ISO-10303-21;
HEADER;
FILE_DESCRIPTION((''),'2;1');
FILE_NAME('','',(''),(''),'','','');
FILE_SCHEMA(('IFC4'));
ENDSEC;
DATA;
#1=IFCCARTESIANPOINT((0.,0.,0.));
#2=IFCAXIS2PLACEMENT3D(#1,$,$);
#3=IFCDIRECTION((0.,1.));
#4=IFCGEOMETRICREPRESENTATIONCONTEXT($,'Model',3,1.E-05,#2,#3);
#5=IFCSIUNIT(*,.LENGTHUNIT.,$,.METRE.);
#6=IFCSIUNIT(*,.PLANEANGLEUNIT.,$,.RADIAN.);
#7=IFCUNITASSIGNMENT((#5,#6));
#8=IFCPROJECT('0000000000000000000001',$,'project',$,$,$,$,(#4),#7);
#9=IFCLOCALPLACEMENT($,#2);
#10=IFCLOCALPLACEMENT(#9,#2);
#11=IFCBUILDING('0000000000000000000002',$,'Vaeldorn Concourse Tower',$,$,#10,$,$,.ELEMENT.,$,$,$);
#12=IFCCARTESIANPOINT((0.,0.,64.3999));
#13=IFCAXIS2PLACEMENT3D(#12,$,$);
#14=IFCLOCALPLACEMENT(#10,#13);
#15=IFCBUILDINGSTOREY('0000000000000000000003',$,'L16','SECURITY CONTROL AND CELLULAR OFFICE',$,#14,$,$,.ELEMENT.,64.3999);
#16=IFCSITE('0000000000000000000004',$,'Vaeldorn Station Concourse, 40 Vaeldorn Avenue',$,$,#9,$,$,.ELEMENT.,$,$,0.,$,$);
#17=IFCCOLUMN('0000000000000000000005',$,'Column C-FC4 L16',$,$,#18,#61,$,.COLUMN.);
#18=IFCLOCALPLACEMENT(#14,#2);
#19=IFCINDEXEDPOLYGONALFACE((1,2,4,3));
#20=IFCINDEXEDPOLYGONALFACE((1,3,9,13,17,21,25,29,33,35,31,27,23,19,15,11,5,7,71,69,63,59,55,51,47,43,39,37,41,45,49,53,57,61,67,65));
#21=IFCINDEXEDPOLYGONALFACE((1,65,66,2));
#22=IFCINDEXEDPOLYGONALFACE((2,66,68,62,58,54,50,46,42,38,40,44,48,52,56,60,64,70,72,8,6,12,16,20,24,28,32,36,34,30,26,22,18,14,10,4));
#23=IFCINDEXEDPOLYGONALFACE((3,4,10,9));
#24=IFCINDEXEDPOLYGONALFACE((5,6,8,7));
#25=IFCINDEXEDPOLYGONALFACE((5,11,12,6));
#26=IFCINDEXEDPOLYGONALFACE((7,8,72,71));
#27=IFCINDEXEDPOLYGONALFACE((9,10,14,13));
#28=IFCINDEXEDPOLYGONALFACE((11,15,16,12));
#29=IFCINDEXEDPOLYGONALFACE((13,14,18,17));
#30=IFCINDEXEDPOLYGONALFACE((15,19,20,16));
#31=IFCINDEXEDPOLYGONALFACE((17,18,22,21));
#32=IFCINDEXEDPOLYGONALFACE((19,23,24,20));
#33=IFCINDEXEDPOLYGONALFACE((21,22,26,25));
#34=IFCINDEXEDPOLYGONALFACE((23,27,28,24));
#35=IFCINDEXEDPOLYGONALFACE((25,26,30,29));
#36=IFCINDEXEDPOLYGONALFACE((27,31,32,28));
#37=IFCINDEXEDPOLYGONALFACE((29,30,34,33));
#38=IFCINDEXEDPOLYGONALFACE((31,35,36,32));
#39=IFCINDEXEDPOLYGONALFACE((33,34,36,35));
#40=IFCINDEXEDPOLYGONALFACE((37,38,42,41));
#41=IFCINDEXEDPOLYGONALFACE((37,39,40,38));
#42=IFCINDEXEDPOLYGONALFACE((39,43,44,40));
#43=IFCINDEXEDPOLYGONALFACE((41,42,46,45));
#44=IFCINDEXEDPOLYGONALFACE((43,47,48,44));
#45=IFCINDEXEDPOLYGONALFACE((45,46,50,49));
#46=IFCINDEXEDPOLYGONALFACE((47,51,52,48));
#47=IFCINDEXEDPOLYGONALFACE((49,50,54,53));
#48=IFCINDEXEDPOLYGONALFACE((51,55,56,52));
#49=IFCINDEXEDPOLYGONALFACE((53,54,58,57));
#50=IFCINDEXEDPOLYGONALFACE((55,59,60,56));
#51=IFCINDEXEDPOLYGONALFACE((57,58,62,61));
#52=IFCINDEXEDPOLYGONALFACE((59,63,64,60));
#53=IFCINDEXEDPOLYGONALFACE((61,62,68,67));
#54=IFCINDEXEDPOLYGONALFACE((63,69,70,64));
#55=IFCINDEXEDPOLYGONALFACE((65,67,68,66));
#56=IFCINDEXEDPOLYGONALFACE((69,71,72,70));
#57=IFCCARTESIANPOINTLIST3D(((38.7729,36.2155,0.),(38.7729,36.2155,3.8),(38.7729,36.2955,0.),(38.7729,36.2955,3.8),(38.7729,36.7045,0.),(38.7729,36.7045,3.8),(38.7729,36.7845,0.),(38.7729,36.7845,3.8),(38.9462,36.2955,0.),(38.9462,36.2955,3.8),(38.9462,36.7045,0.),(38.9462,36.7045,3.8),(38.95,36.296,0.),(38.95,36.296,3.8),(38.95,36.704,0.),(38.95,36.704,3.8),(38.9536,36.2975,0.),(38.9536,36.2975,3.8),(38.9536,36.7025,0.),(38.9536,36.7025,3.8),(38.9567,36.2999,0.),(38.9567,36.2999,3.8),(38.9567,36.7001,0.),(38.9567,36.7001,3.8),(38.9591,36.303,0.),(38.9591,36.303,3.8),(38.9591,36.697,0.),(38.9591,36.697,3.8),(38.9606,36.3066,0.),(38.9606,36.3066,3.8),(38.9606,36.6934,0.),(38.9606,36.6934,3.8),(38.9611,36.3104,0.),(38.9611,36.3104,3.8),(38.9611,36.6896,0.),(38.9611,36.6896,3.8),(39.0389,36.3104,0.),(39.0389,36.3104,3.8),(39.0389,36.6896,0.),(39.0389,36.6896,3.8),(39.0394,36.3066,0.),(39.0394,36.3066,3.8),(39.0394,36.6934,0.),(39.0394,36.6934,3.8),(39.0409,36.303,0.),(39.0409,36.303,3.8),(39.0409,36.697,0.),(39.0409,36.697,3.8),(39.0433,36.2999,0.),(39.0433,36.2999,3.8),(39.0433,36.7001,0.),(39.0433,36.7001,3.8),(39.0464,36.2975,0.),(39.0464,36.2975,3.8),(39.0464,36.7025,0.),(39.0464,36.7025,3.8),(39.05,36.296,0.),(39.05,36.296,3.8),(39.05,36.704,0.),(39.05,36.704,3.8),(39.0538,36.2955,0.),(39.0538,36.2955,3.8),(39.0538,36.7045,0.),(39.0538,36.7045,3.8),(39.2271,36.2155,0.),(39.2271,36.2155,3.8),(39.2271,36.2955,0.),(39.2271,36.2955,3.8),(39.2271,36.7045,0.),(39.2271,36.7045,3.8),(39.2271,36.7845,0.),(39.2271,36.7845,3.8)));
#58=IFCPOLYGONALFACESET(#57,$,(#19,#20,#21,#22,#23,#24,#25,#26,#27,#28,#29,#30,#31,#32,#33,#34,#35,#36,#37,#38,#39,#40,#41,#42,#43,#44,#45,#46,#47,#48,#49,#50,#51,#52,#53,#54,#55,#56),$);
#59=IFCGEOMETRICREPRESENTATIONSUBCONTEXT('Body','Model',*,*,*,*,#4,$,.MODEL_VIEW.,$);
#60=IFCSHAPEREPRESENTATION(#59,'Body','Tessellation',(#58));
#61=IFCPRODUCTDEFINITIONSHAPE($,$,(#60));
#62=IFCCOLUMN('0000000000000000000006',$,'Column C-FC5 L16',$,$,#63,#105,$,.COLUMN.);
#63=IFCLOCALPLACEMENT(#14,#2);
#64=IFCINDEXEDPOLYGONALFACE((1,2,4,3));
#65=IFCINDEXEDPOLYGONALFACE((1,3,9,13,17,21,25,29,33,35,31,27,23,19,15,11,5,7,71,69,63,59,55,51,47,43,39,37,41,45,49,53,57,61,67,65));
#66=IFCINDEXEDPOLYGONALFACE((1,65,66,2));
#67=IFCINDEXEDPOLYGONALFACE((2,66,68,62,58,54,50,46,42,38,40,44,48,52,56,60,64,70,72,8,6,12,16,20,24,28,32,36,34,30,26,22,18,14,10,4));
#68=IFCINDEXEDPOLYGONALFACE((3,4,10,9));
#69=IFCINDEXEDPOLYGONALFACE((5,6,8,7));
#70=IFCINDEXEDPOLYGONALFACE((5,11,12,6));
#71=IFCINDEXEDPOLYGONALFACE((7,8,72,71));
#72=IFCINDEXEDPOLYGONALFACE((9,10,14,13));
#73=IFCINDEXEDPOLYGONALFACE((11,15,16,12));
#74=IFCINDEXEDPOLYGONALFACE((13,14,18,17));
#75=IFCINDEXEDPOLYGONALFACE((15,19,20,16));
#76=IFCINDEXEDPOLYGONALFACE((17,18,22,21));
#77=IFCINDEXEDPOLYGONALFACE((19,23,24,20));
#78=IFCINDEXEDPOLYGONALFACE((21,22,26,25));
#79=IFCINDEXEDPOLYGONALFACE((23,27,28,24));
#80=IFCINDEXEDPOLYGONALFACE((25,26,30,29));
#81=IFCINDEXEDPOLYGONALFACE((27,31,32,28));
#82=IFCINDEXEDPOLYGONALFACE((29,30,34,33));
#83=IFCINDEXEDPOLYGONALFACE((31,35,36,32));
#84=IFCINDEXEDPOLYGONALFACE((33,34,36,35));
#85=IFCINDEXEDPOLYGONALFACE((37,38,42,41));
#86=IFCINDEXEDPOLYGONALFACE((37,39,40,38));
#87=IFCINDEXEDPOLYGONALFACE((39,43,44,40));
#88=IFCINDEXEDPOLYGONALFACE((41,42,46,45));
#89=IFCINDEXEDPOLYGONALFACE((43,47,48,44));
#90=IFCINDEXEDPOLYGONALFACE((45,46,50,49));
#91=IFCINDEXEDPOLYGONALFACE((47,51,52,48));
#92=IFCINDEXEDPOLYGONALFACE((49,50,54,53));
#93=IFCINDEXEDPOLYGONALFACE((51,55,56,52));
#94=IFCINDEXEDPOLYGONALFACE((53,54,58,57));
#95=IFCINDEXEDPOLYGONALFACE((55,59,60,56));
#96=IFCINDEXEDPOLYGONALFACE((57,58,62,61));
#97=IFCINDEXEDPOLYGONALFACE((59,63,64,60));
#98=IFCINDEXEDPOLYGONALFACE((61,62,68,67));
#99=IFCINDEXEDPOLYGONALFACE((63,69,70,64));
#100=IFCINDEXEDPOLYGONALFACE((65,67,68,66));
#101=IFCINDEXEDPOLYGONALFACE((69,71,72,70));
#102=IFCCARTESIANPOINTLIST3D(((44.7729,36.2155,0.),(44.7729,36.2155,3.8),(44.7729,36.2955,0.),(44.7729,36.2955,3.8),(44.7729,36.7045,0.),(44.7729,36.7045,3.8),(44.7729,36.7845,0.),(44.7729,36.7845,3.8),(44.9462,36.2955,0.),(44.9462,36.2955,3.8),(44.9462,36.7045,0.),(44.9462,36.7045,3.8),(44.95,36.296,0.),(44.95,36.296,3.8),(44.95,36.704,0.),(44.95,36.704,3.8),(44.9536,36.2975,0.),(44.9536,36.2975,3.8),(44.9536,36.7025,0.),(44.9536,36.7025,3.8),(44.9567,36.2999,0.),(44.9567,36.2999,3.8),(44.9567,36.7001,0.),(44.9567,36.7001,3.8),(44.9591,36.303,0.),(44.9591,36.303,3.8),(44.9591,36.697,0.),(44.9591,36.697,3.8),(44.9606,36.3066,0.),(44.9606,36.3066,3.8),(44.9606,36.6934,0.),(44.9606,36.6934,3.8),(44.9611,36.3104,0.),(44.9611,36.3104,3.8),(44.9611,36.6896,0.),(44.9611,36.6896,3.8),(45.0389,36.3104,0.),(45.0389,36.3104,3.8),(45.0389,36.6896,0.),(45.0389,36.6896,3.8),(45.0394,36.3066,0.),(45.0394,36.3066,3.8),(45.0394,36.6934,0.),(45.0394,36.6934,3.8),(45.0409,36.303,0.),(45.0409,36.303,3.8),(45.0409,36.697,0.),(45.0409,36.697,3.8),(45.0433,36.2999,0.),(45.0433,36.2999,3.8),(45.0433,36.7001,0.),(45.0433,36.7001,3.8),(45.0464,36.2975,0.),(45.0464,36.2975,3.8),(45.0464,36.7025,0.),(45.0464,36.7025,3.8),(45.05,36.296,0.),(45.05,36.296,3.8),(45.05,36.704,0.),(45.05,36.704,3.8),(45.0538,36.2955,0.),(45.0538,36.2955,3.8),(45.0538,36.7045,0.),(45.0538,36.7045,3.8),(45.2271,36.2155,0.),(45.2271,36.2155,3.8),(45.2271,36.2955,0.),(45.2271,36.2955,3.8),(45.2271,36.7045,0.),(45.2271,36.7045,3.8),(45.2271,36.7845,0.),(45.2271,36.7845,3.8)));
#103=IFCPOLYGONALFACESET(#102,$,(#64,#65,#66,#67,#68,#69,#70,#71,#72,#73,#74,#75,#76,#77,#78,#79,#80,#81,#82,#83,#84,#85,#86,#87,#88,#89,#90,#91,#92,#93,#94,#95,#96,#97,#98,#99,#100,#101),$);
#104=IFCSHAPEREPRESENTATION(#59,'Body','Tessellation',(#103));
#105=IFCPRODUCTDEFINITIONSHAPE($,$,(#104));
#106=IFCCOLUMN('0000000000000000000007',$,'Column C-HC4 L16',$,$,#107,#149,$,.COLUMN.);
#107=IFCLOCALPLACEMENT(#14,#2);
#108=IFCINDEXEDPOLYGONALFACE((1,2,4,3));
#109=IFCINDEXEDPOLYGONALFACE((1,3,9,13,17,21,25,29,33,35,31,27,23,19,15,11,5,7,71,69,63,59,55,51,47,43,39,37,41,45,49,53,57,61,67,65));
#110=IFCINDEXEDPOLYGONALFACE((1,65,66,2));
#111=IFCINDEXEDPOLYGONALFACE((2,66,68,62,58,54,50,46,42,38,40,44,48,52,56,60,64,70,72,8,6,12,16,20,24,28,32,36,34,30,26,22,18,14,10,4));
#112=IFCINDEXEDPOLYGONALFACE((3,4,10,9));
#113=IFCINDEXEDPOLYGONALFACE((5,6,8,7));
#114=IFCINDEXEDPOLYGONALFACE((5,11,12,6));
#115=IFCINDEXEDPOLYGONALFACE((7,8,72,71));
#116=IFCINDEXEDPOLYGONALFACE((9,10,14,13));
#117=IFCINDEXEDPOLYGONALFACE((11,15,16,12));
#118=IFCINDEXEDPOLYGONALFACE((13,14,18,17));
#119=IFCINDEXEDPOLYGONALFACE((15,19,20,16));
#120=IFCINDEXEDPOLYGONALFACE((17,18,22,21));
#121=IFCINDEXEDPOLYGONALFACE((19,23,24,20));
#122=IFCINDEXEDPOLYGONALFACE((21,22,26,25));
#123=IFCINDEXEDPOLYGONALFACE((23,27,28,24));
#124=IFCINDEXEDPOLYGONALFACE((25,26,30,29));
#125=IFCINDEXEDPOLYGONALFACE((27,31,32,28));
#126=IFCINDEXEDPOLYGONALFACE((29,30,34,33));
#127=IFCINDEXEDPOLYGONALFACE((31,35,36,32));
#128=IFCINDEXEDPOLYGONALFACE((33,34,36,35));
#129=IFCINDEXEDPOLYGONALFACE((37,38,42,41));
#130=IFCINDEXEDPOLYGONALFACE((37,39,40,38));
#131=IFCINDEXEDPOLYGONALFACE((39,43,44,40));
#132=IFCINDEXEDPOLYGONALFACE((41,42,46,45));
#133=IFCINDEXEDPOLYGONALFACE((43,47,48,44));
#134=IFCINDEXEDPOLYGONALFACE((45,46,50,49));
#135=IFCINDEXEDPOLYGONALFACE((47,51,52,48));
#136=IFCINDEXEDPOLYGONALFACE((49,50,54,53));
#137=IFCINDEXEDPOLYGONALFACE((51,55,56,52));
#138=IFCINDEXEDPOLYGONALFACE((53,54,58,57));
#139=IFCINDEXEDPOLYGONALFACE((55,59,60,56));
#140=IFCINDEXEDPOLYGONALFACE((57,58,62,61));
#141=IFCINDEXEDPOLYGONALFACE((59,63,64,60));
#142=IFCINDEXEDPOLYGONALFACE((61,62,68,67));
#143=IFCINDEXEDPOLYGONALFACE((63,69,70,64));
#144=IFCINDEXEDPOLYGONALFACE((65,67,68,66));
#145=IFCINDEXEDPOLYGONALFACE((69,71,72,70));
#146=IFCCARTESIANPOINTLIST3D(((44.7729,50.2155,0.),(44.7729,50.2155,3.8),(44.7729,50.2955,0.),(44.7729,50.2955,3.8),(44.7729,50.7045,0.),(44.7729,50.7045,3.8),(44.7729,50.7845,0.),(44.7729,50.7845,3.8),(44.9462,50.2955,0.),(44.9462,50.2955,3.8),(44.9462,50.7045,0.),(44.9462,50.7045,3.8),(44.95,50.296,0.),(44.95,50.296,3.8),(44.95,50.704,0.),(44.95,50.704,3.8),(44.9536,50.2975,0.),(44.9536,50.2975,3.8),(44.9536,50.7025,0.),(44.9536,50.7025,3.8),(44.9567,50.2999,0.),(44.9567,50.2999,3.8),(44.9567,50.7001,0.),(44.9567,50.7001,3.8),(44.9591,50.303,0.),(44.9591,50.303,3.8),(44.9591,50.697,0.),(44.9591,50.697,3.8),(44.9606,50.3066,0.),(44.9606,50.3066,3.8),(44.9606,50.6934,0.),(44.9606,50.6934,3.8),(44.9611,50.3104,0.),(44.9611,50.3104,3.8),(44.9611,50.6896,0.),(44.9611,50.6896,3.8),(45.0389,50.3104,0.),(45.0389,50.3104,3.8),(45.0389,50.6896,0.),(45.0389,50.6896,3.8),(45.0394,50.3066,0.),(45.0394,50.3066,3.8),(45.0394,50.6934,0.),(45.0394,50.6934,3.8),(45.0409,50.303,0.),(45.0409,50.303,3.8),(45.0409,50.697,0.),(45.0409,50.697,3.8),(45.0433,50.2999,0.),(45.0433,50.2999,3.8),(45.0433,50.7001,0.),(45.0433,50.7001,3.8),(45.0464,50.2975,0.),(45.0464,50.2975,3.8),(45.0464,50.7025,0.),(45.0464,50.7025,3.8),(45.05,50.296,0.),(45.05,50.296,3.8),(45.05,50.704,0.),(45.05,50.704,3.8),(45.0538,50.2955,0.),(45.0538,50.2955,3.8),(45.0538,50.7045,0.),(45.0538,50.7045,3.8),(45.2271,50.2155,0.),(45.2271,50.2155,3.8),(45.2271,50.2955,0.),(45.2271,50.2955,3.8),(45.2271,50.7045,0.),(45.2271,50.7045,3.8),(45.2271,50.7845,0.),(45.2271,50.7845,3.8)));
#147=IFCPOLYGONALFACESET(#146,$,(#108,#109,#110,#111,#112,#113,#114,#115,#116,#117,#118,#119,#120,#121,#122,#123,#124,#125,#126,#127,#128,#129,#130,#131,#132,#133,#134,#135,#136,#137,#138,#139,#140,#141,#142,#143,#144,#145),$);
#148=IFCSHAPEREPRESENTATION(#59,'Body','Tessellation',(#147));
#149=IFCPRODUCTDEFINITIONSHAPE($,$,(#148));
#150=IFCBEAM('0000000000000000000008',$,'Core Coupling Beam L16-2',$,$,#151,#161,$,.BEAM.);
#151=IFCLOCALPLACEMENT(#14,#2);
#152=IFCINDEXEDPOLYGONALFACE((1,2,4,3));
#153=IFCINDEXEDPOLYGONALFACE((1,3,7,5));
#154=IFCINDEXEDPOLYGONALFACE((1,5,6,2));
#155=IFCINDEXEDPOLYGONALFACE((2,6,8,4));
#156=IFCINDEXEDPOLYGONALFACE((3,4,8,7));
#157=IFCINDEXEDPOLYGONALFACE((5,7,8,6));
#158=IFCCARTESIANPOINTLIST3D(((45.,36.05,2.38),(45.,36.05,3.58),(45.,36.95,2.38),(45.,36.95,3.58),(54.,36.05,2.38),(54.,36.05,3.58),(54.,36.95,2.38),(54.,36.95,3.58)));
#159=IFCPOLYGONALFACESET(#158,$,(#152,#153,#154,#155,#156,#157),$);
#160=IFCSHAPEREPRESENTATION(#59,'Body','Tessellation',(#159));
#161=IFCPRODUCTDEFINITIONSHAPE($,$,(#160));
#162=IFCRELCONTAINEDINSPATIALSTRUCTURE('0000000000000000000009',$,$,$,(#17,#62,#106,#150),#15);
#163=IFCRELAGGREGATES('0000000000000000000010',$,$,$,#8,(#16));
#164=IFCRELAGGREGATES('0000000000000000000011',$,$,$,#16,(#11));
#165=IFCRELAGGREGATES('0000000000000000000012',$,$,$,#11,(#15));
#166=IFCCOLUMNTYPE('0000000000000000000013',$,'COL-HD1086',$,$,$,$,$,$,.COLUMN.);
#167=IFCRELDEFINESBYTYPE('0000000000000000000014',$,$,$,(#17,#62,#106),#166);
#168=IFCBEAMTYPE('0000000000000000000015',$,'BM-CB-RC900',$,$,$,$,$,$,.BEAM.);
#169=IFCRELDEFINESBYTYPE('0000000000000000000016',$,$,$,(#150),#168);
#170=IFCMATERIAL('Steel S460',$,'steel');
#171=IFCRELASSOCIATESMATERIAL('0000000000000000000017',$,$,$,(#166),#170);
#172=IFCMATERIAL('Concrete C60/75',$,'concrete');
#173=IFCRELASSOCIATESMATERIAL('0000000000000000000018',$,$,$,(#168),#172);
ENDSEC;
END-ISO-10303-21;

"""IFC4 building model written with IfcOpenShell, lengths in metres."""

from ifc_helpers import new_model, si_unit, direction, frame, origin, origin_2d, place, context, subcontext, project, spatial, rectangle, i_section, extrude, source, transform, mapped, material, material_profile, profile_set, type_object, element, save


model = new_model("IFC4")

# Units and contexts
model_context = context("Model", 3, precision=1e-05, world=origin(), true_north=direction((0.0, 1.0)))
body_context = subcontext(model_context, "Body", "Model", "MODEL_VIEW")
ifc_project = project(units=[si_unit("LENGTHUNIT", "METRE"), si_unit("PLANEANGLEUNIT", "RADIAN")], contexts=[model_context])

# Site, building, storey
site_placement = place(None, origin())
site = spatial("IfcSite", under=ifc_project, at=site_placement, Name="Vaeldorn Station Concourse, 40 Vaeldorn Avenue", CompositionType="ELEMENT", RefElevation=0.0)
building_placement = place(site_placement, origin())
building = spatial("IfcBuilding", under=site, at=building_placement, Name="Vaeldorn Concourse Tower", CompositionType="ELEMENT")
storey_placement = place(building_placement, frame((0.0, 0.0, 64.3999)))
storey = spatial("IfcBuildingStorey", under=building, at=storey_placement, Name="L16", Description="SECURITY CONTROL AND CELLULAR OFFICE", CompositionType="ELEMENT", Elevation=64.3999)

# Columns
ifc_material_1 = material(Name="Steel S460", Category="steel")
ifc_material_profile_1 = material_profile(ifc_material_1, i_section(OverallWidth=0.4541, OverallDepth=0.5691, WebThickness=0.0779, FlangeThickness=0.0801, FilletRadius=0.0149, at=origin_2d()), Name="HD 400x1086")
ifc_profile_set_1 = profile_set([ifc_material_profile_1], Name="Steel S460")
column_type = type_object("IfcColumnType", Name="COL-HD1086", PredefinedType="COLUMN", material=ifc_profile_set_1)
shared_shape_1 = source(origin(), body_context, "Body", "SweptSolid", [
    extrude(i_section(OverallWidth=0.4541, OverallDepth=0.5691, WebThickness=0.0779, FlangeThickness=0.0801, FilletRadius=0.0149, at=origin_2d()), origin(), (0.0, 0.0, 1.0), 3.8),
])
for number, where, z_axis, x_axis, name in (
    (1, (39.0, 36.5, 0.0), (0.0, 0.0, 1.0), (1.0, 0.0, 0.0), "Column C-FC4 L16"),
    (2, (45.0, 36.5, 0.0), (0.0, 0.0, 1.0), (1.0, 0.0, 0.0), "Column C-FC5 L16"),
    (3, (45.0, 50.5, 0.0), (0.0, 0.0, 1.0), (1.0, 0.0, 0.0), "Column C-HC4 L16"),
):
    element("IfcColumn", number, at=place(storey_placement, frame(where, z_axis=z_axis, x_axis=x_axis)), inside=storey, type_object=column_type, Name=name, PredefinedType="COLUMN", context=body_context, shape_type="MappedRepresentation", body=[
        mapped(shared_shape_1, transform((0.0, 0.0, 0.0), scale=1.0)),
    ])

# Beam
ifc_material_2 = material(Name="Concrete C60/75", Category="concrete")
ifc_material_profile_2 = material_profile(ifc_material_2, rectangle(XDim=0.8999, YDim=1.2, at=origin_2d()), Name="RC 900x1200")
ifc_profile_set_2 = profile_set([ifc_material_profile_2], Name="Concrete C60/75")
beam_type_1 = type_object("IfcBeamType", Name="BM-CB-RC900", PredefinedType="BEAM", material=ifc_profile_set_2)
shared_shape_2 = source(origin(), body_context, "Body", "SweptSolid", [
    extrude(rectangle(XDim=0.8999, YDim=1.2, at=origin_2d()), origin(), (0.0, 0.0, 1.0), 9.0),
])
beam_1_placement = place(storey_placement, frame((45.0, 36.5, 2.98), z_axis=(1.0, 0.0, 0.0), x_axis=(0.0, 1.0, 0.0)))
element("IfcBeam", 4, at=beam_1_placement, inside=storey, type_object=beam_type_1, Name="Core Coupling Beam L16-2", PredefinedType="BEAM", context=body_context, shape_type="MappedRepresentation", body=[
    mapped(shared_shape_2, transform((0.0, 0.0, 0.0), scale=1.0)),
])

save(model, "model.ifc")
